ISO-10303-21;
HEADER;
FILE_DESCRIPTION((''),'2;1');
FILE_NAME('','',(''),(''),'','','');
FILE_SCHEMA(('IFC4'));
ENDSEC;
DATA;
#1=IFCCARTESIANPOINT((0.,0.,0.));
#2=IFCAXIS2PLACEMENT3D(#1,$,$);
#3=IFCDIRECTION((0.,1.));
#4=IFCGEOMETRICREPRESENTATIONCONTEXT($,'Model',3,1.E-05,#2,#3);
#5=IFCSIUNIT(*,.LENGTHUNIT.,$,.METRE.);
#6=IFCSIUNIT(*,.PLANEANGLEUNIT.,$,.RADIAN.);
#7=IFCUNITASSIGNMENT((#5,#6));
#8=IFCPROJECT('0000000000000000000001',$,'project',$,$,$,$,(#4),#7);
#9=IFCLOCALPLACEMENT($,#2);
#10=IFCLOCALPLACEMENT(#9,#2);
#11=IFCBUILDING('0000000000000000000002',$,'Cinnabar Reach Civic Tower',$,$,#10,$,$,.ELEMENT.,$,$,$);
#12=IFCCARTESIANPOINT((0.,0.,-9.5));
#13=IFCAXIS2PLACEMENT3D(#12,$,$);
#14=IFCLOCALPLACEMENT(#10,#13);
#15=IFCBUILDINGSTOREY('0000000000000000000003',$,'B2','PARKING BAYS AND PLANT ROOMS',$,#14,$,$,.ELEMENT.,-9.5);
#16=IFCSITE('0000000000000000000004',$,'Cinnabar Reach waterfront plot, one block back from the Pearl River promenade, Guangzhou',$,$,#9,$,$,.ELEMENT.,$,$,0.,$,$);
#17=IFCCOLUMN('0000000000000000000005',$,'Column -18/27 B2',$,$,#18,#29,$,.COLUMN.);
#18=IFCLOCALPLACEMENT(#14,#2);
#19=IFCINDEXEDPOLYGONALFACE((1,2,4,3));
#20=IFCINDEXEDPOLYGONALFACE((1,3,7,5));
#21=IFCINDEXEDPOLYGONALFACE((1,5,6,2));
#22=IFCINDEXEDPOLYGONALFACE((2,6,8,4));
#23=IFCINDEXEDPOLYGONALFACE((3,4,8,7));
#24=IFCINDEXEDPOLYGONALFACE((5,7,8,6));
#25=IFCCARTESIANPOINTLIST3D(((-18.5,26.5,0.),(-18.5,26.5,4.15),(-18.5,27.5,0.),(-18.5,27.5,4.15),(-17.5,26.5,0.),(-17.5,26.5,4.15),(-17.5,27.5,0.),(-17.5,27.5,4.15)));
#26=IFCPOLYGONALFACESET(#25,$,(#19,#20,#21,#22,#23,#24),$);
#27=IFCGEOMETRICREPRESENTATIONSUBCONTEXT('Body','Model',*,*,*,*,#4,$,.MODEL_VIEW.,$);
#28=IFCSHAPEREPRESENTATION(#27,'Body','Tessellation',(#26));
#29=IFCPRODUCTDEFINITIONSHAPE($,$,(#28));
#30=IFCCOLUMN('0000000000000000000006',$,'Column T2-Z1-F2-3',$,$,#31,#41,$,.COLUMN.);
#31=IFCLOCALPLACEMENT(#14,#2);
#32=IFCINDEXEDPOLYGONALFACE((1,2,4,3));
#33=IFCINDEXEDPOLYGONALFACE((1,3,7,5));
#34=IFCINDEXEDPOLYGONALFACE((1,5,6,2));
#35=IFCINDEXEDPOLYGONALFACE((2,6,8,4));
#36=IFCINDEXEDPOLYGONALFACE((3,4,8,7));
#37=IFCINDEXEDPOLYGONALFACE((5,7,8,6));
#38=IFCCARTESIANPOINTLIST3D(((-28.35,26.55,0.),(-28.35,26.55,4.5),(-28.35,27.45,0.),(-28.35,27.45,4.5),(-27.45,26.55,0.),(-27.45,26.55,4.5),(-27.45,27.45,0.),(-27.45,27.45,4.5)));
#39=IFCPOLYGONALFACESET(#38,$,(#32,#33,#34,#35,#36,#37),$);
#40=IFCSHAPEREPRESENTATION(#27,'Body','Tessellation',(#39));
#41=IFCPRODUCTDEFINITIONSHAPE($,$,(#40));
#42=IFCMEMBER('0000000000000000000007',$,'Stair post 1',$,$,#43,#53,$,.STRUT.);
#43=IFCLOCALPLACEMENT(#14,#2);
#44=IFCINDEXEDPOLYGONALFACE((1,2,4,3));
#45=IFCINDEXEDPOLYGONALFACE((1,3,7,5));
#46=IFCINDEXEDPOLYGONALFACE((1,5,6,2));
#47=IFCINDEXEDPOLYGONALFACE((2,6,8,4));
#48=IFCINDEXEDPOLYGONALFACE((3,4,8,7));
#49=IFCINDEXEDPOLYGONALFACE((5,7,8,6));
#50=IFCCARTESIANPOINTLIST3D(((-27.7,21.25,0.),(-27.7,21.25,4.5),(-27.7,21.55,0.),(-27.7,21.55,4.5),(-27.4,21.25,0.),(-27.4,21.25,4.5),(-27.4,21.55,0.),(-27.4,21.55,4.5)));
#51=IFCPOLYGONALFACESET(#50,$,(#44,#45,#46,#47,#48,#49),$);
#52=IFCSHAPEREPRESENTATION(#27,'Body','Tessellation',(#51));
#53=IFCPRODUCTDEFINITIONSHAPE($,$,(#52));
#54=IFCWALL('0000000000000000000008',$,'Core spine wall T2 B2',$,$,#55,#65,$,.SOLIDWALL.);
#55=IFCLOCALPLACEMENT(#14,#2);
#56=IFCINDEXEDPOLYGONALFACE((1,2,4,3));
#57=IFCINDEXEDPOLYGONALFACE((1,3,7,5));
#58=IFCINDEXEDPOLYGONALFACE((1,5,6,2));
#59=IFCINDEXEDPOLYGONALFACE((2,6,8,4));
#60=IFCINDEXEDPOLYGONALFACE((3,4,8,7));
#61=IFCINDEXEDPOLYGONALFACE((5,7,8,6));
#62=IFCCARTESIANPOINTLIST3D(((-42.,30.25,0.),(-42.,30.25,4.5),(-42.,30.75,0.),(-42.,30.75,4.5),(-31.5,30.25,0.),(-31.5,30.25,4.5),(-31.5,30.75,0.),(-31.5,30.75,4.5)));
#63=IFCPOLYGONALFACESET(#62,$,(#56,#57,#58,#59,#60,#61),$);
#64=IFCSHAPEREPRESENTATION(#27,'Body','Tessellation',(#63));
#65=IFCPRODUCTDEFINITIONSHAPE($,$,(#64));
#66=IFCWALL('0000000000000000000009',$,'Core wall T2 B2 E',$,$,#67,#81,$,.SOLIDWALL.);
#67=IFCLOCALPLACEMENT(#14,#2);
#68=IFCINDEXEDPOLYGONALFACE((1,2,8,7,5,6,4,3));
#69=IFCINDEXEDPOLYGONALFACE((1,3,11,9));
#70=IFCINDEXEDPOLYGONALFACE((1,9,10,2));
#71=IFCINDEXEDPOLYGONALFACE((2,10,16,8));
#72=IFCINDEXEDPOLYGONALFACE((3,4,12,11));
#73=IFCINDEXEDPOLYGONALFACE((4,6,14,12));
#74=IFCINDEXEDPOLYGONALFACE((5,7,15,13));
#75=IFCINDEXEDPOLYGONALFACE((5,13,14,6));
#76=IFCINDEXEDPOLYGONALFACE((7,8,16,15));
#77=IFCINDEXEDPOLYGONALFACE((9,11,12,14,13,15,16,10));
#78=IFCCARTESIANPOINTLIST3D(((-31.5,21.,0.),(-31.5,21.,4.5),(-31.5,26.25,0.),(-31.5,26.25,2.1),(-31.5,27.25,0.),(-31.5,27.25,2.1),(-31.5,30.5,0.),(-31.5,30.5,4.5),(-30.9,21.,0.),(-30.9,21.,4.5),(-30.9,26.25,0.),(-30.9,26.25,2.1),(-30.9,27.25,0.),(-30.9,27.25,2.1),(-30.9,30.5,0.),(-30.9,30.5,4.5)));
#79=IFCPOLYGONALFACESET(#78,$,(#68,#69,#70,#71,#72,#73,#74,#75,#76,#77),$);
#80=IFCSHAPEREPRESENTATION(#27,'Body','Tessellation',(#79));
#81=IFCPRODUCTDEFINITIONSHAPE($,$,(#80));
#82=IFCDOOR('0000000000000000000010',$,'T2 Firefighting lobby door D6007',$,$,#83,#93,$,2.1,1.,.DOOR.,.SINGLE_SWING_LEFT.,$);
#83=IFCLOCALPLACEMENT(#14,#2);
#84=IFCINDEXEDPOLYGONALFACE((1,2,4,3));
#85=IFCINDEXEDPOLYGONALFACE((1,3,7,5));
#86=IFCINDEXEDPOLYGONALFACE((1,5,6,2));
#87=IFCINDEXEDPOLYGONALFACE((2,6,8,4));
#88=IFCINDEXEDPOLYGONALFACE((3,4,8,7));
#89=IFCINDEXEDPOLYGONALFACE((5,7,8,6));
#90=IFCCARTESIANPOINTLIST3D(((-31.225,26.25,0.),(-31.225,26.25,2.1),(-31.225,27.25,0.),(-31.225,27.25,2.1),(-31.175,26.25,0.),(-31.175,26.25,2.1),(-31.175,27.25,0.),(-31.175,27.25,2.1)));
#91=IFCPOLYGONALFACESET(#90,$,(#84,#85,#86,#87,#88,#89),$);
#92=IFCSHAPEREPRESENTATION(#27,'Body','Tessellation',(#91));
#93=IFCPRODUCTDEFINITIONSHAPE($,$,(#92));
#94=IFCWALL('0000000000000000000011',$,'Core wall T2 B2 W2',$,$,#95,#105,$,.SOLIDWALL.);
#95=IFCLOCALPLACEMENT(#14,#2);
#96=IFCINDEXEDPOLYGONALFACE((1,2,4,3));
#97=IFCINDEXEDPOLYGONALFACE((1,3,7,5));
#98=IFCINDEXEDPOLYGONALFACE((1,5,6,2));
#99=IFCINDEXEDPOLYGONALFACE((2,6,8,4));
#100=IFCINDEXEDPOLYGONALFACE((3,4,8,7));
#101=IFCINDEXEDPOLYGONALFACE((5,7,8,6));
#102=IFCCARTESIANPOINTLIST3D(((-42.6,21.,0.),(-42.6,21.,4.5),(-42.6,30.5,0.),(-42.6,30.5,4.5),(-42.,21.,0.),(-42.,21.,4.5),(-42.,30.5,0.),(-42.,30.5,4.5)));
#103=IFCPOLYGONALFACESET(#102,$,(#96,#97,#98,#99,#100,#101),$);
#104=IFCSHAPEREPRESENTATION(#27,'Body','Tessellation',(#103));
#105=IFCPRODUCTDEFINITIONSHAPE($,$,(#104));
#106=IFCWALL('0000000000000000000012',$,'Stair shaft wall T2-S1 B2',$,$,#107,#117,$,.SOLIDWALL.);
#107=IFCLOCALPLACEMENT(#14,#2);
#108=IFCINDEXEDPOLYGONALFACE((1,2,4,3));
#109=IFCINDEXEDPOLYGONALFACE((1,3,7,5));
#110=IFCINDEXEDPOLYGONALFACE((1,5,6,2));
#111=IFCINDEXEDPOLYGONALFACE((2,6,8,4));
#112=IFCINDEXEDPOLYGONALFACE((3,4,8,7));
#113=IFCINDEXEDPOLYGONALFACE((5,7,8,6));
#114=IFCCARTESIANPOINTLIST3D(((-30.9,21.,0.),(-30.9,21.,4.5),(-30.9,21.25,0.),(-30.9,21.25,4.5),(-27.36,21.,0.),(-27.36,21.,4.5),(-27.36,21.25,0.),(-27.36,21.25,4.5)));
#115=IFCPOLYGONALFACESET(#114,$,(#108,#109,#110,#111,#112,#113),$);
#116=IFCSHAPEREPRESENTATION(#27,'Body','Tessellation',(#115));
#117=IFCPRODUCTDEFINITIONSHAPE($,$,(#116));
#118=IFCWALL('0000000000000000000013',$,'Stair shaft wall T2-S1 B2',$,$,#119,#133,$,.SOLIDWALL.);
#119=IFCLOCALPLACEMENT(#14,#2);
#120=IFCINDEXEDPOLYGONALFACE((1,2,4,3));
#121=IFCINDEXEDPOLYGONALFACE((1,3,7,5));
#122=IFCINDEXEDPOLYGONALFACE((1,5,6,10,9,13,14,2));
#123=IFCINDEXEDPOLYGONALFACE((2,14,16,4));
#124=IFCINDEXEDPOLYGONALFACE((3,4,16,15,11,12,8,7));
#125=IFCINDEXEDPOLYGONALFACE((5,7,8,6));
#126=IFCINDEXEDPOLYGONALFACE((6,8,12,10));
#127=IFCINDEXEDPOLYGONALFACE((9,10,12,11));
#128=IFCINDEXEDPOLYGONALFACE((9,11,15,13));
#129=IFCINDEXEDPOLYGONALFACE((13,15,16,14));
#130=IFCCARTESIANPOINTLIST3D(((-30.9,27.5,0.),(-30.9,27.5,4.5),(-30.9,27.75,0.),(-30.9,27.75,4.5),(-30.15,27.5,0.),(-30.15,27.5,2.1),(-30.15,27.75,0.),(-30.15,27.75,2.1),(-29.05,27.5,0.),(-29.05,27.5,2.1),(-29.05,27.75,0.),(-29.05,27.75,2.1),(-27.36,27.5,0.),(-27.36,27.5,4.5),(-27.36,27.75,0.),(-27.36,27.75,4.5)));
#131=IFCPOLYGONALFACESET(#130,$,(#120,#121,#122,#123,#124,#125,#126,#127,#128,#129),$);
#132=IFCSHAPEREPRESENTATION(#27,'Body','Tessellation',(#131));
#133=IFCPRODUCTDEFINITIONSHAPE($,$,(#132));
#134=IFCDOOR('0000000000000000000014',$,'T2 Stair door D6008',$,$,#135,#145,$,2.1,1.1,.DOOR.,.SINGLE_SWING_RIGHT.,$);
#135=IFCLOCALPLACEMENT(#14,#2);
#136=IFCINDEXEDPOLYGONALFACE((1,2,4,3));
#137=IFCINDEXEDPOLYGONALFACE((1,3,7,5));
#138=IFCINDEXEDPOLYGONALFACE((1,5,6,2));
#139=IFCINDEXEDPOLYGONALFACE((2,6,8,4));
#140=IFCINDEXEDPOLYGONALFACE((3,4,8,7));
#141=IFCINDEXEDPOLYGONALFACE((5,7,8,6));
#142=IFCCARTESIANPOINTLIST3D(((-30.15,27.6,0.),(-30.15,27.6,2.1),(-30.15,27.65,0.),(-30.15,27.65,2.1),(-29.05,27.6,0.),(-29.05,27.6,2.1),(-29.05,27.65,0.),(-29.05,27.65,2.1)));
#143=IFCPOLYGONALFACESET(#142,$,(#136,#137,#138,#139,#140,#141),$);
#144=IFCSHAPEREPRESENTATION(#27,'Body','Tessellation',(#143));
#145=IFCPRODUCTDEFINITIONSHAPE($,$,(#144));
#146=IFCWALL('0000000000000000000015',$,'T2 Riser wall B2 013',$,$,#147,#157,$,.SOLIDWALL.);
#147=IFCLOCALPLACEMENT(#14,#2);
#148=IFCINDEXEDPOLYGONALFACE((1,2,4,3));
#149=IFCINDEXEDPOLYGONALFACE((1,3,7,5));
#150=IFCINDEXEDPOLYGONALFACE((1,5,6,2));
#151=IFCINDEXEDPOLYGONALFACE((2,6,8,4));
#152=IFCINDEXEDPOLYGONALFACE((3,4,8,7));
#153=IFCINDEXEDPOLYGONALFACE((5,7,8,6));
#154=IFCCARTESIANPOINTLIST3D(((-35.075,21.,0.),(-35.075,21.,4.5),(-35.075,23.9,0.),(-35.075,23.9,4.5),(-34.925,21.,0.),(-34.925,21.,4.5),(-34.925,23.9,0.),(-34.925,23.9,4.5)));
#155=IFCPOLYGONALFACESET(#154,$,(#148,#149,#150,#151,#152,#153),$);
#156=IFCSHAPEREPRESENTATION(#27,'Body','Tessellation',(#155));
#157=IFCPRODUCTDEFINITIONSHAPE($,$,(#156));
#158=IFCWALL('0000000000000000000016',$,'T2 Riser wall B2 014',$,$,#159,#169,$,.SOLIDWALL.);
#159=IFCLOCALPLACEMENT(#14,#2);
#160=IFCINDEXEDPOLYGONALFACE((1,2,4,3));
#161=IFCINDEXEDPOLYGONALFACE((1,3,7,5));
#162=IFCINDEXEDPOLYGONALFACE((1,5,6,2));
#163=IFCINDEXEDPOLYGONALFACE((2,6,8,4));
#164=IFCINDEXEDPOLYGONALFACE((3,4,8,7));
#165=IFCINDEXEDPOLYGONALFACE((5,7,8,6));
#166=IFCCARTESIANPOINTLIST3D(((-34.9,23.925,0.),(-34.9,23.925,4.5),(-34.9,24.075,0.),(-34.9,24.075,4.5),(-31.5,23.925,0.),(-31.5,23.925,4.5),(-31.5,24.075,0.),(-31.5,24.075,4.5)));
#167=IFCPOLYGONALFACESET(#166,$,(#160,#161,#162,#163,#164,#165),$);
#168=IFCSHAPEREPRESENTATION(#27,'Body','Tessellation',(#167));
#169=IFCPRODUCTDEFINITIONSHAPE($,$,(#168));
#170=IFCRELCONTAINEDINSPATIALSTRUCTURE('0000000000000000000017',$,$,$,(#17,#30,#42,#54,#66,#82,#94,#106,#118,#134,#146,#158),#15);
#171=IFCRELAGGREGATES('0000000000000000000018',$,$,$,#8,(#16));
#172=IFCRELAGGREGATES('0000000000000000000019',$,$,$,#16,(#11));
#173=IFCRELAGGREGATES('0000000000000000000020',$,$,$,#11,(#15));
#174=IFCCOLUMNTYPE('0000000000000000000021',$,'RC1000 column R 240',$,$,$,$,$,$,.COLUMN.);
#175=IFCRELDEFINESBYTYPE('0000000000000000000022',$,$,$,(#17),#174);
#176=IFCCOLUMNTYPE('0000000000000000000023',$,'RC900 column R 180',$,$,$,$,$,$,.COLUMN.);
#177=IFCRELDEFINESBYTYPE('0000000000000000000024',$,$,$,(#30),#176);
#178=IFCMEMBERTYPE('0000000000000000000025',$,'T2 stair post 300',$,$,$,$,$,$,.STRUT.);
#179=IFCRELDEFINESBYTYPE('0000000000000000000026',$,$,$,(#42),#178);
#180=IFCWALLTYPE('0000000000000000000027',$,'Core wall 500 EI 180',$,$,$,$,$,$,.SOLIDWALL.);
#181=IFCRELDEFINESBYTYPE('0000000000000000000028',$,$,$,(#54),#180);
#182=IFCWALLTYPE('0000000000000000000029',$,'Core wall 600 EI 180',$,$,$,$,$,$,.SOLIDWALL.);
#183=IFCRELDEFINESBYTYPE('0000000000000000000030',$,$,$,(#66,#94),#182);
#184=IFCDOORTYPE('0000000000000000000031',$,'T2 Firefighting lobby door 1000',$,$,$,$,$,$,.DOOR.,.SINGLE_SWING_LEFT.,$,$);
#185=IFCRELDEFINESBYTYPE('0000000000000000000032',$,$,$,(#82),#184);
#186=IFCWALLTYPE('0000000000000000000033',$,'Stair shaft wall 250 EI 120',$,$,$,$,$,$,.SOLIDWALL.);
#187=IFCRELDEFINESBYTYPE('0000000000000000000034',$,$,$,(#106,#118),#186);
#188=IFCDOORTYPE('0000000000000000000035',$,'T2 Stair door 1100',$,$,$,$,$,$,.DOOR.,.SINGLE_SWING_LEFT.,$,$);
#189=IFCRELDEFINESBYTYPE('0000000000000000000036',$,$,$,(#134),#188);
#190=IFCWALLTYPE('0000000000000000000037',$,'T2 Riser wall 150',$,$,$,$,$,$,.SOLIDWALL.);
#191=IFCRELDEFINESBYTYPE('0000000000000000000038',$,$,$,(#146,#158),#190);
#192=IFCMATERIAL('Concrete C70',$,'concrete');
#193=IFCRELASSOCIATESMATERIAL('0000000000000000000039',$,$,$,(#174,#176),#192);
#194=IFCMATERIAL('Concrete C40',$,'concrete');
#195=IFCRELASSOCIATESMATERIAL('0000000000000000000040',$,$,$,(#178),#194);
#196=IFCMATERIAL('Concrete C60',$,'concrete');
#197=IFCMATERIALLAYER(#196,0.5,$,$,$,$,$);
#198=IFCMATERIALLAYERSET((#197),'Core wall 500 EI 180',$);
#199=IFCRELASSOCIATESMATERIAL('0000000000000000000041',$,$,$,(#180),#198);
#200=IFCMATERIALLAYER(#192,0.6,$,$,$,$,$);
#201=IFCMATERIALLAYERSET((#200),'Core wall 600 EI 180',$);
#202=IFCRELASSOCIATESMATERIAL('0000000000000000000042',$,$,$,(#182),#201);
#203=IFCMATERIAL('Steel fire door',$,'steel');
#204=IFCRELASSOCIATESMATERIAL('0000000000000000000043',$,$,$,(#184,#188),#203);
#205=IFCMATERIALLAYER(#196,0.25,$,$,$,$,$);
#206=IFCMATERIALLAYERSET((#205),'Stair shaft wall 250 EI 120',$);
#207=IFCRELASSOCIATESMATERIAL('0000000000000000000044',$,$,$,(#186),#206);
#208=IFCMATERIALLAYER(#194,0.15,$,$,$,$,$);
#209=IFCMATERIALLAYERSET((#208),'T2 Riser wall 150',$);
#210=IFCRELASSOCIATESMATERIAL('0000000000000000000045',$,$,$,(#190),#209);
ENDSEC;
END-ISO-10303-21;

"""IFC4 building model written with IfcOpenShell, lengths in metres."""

from ifc_helpers import new_model, si_unit, direction, frame, frame_2d, origin, origin_2d, place, context, subcontext, project, spatial, rectangle, extrude, material, layer, layer_set, material_profile, profile_set, type_object, element, fill, save


model = new_model("IFC4")

# Units and contexts
model_context = context("Model", 3, precision=1e-05, world=origin(), true_north=direction((0.0, 1.0)))
body_context = subcontext(model_context, "Body", "Model", "MODEL_VIEW")
ifc_project = project(units=[si_unit("LENGTHUNIT", "METRE"), si_unit("PLANEANGLEUNIT", "RADIAN")], contexts=[model_context])

# Site, building, storey
site_placement = place(None, origin())
site = spatial("IfcSite", under=ifc_project, at=site_placement, Name="Cinnabar Reach waterfront plot, one block back from the Pearl River promenade, Guangzhou", CompositionType="ELEMENT", RefElevation=0.0)
building_placement = place(site_placement, origin())
building = spatial("IfcBuilding", under=site, at=building_placement, Name="Cinnabar Reach Civic Tower", CompositionType="ELEMENT")
storey_placement = place(building_placement, frame((0.0, 0.0, -9.5)))
storey = spatial("IfcBuildingStorey", under=building, at=storey_placement, Name="B2", Description="PARKING BAYS AND PLANT ROOMS", CompositionType="ELEMENT", Elevation=-9.5)

# Columns
ifc_material_1 = material(Name="Concrete C70", Category="concrete")
ifc_material_profile_1 = material_profile(ifc_material_1, rectangle(XDim=1.0, YDim=1.0, at=origin_2d()), Name="RC1000")
ifc_profile_set_1 = profile_set([ifc_material_profile_1], Name="Concrete C70")
column_type_1 = type_object("IfcColumnType", Name="RC1000 column R 240", PredefinedType="COLUMN", material=ifc_profile_set_1)
column_1_placement = place(storey_placement, frame((-18.0, 27.0, 0.0), z_axis=(0.0, 0.0, 1.0), x_axis=(1.0, 0.0, 0.0)))
element("IfcColumn", 1, at=column_1_placement, inside=storey, type_object=column_type_1, Name="Column -18/27 B2", PredefinedType="COLUMN", context=body_context, shape_type="SweptSolid", body=[
    extrude(rectangle(XDim=1.0, YDim=1.0, at=origin_2d()), origin(), (0.0, 0.0, 1.0), 4.15),
])
ifc_material_profile_2 = material_profile(ifc_material_1, rectangle(XDim=0.9, YDim=0.9, at=origin_2d()), Name="RC900")
ifc_profile_set_2 = profile_set([ifc_material_profile_2], Name="Concrete C70")
column_type_2 = type_object("IfcColumnType", Name="RC900 column R 180", PredefinedType="COLUMN", material=ifc_profile_set_2)
column_2_placement = place(storey_placement, frame((-27.9, 27.0, 0.0), z_axis=(0.0, 0.0, 1.0), x_axis=(1.0, 0.0, 0.0)))
element("IfcColumn", 2, at=column_2_placement, inside=storey, type_object=column_type_2, Name="Column T2-Z1-F2-3", PredefinedType="COLUMN", context=body_context, shape_type="SweptSolid", body=[
    extrude(rectangle(XDim=0.9, YDim=0.9, at=origin_2d()), origin(), (0.0, 0.0, 1.0), 4.5),
])

# Member
ifc_material_2 = material(Name="Concrete C40", Category="concrete")
ifc_material_profile_3 = material_profile(ifc_material_2, rectangle(XDim=0.3, YDim=0.3, at=origin_2d()), Name="C300")
ifc_profile_set_3 = profile_set([ifc_material_profile_3], Name="Concrete C40")
member_type = type_object("IfcMemberType", Name="T2 stair post 300", PredefinedType="STRUT", material=ifc_profile_set_3)
member_placement = place(storey_placement, frame((-27.55, 21.4, 0.0), z_axis=(0.0, 0.0, 1.0), x_axis=(1.0, 0.0, 0.0)))
element("IfcMember", 3, at=member_placement, inside=storey, type_object=member_type, Name="Stair post 1", PredefinedType="STRUT", context=body_context, shape_type="SweptSolid", body=[
    extrude(rectangle(XDim=0.3, YDim=0.3, at=origin_2d()), origin(), (0.0, 0.0, 1.0), 4.5),
])

# Wall
ifc_material_3 = material(Name="Concrete C60", Category="concrete")
ifc_layer_1 = layer(ifc_material_3, 0.5)
ifc_layer_set_1 = layer_set([ifc_layer_1], Name="Core wall 500 EI 180")
wall_type_1 = type_object("IfcWallType", Name="Core wall 500 EI 180", PredefinedType="SOLIDWALL", material=ifc_layer_set_1)
wall_1_placement = place(storey_placement, frame((-42.0, 30.5, 0.0), z_axis=(0.0, 0.0, 1.0), x_axis=(1.0, 0.0, 0.0)))
element("IfcWall", 4, at=wall_1_placement, inside=storey, type_object=wall_type_1, Name="Core spine wall T2 B2", PredefinedType="SOLIDWALL", context=body_context, shape_type="SweptSolid", body=[
    extrude(rectangle(XDim=10.5, YDim=0.5, at=frame_2d((5.25, 0.0))), origin(), (0.0, 0.0, 1.0), 4.5),
])

# Wall, opening, door
ifc_layer_2 = layer(ifc_material_1, 0.6)
ifc_layer_set_2 = layer_set([ifc_layer_2], Name="Core wall 600 EI 180")
wall_type_2 = type_object("IfcWallType", Name="Core wall 600 EI 180", PredefinedType="SOLIDWALL", material=ifc_layer_set_2)
wall_2_placement = place(storey_placement, frame((-31.2, 21.0, 0.0), z_axis=(0.0, 0.0, 1.0), x_axis=(0.0, 1.0, 0.0)))
wall_2 = element("IfcWall", 5, at=wall_2_placement, inside=storey, type_object=wall_type_2, Name="Core wall T2 B2 E", PredefinedType="SOLIDWALL", context=body_context, shape_type="SweptSolid", body=[
    extrude(rectangle(XDim=9.5, YDim=0.6, at=frame_2d((4.75, 0.0))), origin(), (0.0, 0.0, 1.0), 4.5),
])
opening_1_placement = place(wall_2_placement, frame((5.25, 0.0, 0.0)))
opening_1 = element("IfcOpeningElement", 6, at=opening_1_placement, cuts=wall_2, PredefinedType="OPENING", context=body_context, shape_type="SweptSolid", body=[
    extrude(rectangle(XDim=1.0, YDim=2.1, at=frame_2d((0.5, 1.05))), frame((0.0, 0.31, 0.0), z_axis=(0.0, -1.0, 0.0), x_axis=(1.0, 0.0, 0.0)), (0.0, 0.0, 1.0), 0.62),
])
ifc_material_4 = material(Name="Steel fire door", Category="steel")
door_type_1 = type_object("IfcDoorType", Name="T2 Firefighting lobby door 1000", OperationType="SINGLE_SWING_LEFT", PredefinedType="DOOR", material=ifc_material_4)
door_1_placement = place(opening_1_placement, frame((1.0, 0.0, 0.0), z_axis=(0.0, 0.0, 1.0), x_axis=(-1.0, 0.0, 0.0)))
door_1 = element("IfcDoor", 7, at=door_1_placement, inside=storey, type_object=door_type_1, Name="T2 Firefighting lobby door D6007", OperationType="SINGLE_SWING_LEFT", OverallHeight=2.1, OverallWidth=1.0, PredefinedType="DOOR", context=body_context, shape_type="SweptSolid", body=[
    extrude(rectangle(XDim=1.0, YDim=2.1, at=frame_2d((0.5, 1.05))), frame((0.0, 0.025, 0.0), z_axis=(0.0, -1.0, 0.0), x_axis=(1.0, 0.0, 0.0)), (0.0, 0.0, 1.0), 0.05),
])
fill(opening_1, door_1)

# Walls
wall_3_placement = place(storey_placement, frame((-42.3, 30.5, 0.0), z_axis=(0.0, 0.0, 1.0), x_axis=(0.0, -1.0, 0.0)))
element("IfcWall", 8, at=wall_3_placement, inside=storey, type_object=wall_type_2, Name="Core wall T2 B2 W2", PredefinedType="SOLIDWALL", context=body_context, shape_type="SweptSolid", body=[
    extrude(rectangle(XDim=9.5, YDim=0.6, at=frame_2d((4.75, 0.0))), origin(), (0.0, 0.0, 1.0), 4.5),
])
ifc_layer_3 = layer(ifc_material_3, 0.25)
ifc_layer_set_3 = layer_set([ifc_layer_3], Name="Stair shaft wall 250 EI 120")
wall_type_3 = type_object("IfcWallType", Name="Stair shaft wall 250 EI 120", PredefinedType="SOLIDWALL", material=ifc_layer_set_3)
wall_4_placement = place(storey_placement, frame((-30.9, 21.125, 0.0), z_axis=(0.0, 0.0, 1.0), x_axis=(1.0, 0.0, 0.0)))
element("IfcWall", 9, at=wall_4_placement, inside=storey, type_object=wall_type_3, Name="Stair shaft wall T2-S1 B2", PredefinedType="SOLIDWALL", context=body_context, shape_type="SweptSolid", body=[
    extrude(rectangle(XDim=3.54, YDim=0.25, at=frame_2d((1.77, 0.0))), origin(), (0.0, 0.0, 1.0), 4.5),
])

# Wall, opening, door
wall_5_placement = place(storey_placement, frame((-27.36, 27.625, 0.0), z_axis=(0.0, 0.0, 1.0), x_axis=(-1.0, 0.0, 0.0)))
wall_5 = element("IfcWall", 10, at=wall_5_placement, inside=storey, type_object=wall_type_3, Name="Stair shaft wall T2-S1 B2", PredefinedType="SOLIDWALL", context=body_context, shape_type="SweptSolid", body=[
    extrude(rectangle(XDim=3.54, YDim=0.25, at=frame_2d((1.77, 0.0))), origin(), (0.0, 0.0, 1.0), 4.5),
])
opening_2_placement = place(wall_5_placement, frame((1.69, 0.0, 0.0)))
opening_2 = element("IfcOpeningElement", 11, at=opening_2_placement, cuts=wall_5, PredefinedType="OPENING", context=body_context, shape_type="SweptSolid", body=[
    extrude(rectangle(XDim=1.1, YDim=2.1, at=frame_2d((0.55, 1.05))), frame((0.0, 0.135, 0.0), z_axis=(0.0, -1.0, 0.0), x_axis=(1.0, 0.0, 0.0)), (0.0, 0.0, 1.0), 0.27),
])
door_type_2 = type_object("IfcDoorType", Name="T2 Stair door 1100", OperationType="SINGLE_SWING_LEFT", PredefinedType="DOOR", material=ifc_material_4)
door_2_placement = place(opening_2_placement, origin())
door_2 = element("IfcDoor", 12, at=door_2_placement, inside=storey, type_object=door_type_2, Name="T2 Stair door D6008", OperationType="SINGLE_SWING_RIGHT", OverallHeight=2.1, OverallWidth=1.1, PredefinedType="DOOR", context=body_context, shape_type="SweptSolid", body=[
    extrude(rectangle(XDim=1.1, YDim=2.1, at=frame_2d((0.55, 1.05))), frame((0.0, 0.025, 0.0), z_axis=(0.0, -1.0, 0.0), x_axis=(1.0, 0.0, 0.0)), (0.0, 0.0, 1.0), 0.05),
])
fill(opening_2, door_2)

# Walls
ifc_layer_4 = layer(ifc_material_2, 0.15)
ifc_layer_set_4 = layer_set([ifc_layer_4], Name="T2 Riser wall 150")
wall_type_4 = type_object("IfcWallType", Name="T2 Riser wall 150", PredefinedType="SOLIDWALL", material=ifc_layer_set_4)
wall_6_placement = place(storey_placement, frame((-35.0, 21.0, 0.0), z_axis=(0.0, 0.0, 1.0), x_axis=(0.0, 1.0, 0.0)))
element("IfcWall", 13, at=wall_6_placement, inside=storey, type_object=wall_type_4, Name="T2 Riser wall B2 013", PredefinedType="SOLIDWALL", context=body_context, shape_type="SweptSolid", body=[
    extrude(rectangle(XDim=2.9, YDim=0.15, at=frame_2d((1.45, 0.0))), origin(), (0.0, 0.0, 1.0), 4.5),
])
wall_7_placement = place(storey_placement, frame((-31.5, 24.0, 0.0), z_axis=(0.0, 0.0, 1.0), x_axis=(-1.0, 0.0, 0.0)))
element("IfcWall", 14, at=wall_7_placement, inside=storey, type_object=wall_type_4, Name="T2 Riser wall B2 014", PredefinedType="SOLIDWALL", context=body_context, shape_type="SweptSolid", body=[
    extrude(rectangle(XDim=3.4, YDim=0.15, at=frame_2d((1.7, 0.0))), origin(), (0.0, 0.0, 1.0), 4.5),
])

save(model, "model.ifc")
